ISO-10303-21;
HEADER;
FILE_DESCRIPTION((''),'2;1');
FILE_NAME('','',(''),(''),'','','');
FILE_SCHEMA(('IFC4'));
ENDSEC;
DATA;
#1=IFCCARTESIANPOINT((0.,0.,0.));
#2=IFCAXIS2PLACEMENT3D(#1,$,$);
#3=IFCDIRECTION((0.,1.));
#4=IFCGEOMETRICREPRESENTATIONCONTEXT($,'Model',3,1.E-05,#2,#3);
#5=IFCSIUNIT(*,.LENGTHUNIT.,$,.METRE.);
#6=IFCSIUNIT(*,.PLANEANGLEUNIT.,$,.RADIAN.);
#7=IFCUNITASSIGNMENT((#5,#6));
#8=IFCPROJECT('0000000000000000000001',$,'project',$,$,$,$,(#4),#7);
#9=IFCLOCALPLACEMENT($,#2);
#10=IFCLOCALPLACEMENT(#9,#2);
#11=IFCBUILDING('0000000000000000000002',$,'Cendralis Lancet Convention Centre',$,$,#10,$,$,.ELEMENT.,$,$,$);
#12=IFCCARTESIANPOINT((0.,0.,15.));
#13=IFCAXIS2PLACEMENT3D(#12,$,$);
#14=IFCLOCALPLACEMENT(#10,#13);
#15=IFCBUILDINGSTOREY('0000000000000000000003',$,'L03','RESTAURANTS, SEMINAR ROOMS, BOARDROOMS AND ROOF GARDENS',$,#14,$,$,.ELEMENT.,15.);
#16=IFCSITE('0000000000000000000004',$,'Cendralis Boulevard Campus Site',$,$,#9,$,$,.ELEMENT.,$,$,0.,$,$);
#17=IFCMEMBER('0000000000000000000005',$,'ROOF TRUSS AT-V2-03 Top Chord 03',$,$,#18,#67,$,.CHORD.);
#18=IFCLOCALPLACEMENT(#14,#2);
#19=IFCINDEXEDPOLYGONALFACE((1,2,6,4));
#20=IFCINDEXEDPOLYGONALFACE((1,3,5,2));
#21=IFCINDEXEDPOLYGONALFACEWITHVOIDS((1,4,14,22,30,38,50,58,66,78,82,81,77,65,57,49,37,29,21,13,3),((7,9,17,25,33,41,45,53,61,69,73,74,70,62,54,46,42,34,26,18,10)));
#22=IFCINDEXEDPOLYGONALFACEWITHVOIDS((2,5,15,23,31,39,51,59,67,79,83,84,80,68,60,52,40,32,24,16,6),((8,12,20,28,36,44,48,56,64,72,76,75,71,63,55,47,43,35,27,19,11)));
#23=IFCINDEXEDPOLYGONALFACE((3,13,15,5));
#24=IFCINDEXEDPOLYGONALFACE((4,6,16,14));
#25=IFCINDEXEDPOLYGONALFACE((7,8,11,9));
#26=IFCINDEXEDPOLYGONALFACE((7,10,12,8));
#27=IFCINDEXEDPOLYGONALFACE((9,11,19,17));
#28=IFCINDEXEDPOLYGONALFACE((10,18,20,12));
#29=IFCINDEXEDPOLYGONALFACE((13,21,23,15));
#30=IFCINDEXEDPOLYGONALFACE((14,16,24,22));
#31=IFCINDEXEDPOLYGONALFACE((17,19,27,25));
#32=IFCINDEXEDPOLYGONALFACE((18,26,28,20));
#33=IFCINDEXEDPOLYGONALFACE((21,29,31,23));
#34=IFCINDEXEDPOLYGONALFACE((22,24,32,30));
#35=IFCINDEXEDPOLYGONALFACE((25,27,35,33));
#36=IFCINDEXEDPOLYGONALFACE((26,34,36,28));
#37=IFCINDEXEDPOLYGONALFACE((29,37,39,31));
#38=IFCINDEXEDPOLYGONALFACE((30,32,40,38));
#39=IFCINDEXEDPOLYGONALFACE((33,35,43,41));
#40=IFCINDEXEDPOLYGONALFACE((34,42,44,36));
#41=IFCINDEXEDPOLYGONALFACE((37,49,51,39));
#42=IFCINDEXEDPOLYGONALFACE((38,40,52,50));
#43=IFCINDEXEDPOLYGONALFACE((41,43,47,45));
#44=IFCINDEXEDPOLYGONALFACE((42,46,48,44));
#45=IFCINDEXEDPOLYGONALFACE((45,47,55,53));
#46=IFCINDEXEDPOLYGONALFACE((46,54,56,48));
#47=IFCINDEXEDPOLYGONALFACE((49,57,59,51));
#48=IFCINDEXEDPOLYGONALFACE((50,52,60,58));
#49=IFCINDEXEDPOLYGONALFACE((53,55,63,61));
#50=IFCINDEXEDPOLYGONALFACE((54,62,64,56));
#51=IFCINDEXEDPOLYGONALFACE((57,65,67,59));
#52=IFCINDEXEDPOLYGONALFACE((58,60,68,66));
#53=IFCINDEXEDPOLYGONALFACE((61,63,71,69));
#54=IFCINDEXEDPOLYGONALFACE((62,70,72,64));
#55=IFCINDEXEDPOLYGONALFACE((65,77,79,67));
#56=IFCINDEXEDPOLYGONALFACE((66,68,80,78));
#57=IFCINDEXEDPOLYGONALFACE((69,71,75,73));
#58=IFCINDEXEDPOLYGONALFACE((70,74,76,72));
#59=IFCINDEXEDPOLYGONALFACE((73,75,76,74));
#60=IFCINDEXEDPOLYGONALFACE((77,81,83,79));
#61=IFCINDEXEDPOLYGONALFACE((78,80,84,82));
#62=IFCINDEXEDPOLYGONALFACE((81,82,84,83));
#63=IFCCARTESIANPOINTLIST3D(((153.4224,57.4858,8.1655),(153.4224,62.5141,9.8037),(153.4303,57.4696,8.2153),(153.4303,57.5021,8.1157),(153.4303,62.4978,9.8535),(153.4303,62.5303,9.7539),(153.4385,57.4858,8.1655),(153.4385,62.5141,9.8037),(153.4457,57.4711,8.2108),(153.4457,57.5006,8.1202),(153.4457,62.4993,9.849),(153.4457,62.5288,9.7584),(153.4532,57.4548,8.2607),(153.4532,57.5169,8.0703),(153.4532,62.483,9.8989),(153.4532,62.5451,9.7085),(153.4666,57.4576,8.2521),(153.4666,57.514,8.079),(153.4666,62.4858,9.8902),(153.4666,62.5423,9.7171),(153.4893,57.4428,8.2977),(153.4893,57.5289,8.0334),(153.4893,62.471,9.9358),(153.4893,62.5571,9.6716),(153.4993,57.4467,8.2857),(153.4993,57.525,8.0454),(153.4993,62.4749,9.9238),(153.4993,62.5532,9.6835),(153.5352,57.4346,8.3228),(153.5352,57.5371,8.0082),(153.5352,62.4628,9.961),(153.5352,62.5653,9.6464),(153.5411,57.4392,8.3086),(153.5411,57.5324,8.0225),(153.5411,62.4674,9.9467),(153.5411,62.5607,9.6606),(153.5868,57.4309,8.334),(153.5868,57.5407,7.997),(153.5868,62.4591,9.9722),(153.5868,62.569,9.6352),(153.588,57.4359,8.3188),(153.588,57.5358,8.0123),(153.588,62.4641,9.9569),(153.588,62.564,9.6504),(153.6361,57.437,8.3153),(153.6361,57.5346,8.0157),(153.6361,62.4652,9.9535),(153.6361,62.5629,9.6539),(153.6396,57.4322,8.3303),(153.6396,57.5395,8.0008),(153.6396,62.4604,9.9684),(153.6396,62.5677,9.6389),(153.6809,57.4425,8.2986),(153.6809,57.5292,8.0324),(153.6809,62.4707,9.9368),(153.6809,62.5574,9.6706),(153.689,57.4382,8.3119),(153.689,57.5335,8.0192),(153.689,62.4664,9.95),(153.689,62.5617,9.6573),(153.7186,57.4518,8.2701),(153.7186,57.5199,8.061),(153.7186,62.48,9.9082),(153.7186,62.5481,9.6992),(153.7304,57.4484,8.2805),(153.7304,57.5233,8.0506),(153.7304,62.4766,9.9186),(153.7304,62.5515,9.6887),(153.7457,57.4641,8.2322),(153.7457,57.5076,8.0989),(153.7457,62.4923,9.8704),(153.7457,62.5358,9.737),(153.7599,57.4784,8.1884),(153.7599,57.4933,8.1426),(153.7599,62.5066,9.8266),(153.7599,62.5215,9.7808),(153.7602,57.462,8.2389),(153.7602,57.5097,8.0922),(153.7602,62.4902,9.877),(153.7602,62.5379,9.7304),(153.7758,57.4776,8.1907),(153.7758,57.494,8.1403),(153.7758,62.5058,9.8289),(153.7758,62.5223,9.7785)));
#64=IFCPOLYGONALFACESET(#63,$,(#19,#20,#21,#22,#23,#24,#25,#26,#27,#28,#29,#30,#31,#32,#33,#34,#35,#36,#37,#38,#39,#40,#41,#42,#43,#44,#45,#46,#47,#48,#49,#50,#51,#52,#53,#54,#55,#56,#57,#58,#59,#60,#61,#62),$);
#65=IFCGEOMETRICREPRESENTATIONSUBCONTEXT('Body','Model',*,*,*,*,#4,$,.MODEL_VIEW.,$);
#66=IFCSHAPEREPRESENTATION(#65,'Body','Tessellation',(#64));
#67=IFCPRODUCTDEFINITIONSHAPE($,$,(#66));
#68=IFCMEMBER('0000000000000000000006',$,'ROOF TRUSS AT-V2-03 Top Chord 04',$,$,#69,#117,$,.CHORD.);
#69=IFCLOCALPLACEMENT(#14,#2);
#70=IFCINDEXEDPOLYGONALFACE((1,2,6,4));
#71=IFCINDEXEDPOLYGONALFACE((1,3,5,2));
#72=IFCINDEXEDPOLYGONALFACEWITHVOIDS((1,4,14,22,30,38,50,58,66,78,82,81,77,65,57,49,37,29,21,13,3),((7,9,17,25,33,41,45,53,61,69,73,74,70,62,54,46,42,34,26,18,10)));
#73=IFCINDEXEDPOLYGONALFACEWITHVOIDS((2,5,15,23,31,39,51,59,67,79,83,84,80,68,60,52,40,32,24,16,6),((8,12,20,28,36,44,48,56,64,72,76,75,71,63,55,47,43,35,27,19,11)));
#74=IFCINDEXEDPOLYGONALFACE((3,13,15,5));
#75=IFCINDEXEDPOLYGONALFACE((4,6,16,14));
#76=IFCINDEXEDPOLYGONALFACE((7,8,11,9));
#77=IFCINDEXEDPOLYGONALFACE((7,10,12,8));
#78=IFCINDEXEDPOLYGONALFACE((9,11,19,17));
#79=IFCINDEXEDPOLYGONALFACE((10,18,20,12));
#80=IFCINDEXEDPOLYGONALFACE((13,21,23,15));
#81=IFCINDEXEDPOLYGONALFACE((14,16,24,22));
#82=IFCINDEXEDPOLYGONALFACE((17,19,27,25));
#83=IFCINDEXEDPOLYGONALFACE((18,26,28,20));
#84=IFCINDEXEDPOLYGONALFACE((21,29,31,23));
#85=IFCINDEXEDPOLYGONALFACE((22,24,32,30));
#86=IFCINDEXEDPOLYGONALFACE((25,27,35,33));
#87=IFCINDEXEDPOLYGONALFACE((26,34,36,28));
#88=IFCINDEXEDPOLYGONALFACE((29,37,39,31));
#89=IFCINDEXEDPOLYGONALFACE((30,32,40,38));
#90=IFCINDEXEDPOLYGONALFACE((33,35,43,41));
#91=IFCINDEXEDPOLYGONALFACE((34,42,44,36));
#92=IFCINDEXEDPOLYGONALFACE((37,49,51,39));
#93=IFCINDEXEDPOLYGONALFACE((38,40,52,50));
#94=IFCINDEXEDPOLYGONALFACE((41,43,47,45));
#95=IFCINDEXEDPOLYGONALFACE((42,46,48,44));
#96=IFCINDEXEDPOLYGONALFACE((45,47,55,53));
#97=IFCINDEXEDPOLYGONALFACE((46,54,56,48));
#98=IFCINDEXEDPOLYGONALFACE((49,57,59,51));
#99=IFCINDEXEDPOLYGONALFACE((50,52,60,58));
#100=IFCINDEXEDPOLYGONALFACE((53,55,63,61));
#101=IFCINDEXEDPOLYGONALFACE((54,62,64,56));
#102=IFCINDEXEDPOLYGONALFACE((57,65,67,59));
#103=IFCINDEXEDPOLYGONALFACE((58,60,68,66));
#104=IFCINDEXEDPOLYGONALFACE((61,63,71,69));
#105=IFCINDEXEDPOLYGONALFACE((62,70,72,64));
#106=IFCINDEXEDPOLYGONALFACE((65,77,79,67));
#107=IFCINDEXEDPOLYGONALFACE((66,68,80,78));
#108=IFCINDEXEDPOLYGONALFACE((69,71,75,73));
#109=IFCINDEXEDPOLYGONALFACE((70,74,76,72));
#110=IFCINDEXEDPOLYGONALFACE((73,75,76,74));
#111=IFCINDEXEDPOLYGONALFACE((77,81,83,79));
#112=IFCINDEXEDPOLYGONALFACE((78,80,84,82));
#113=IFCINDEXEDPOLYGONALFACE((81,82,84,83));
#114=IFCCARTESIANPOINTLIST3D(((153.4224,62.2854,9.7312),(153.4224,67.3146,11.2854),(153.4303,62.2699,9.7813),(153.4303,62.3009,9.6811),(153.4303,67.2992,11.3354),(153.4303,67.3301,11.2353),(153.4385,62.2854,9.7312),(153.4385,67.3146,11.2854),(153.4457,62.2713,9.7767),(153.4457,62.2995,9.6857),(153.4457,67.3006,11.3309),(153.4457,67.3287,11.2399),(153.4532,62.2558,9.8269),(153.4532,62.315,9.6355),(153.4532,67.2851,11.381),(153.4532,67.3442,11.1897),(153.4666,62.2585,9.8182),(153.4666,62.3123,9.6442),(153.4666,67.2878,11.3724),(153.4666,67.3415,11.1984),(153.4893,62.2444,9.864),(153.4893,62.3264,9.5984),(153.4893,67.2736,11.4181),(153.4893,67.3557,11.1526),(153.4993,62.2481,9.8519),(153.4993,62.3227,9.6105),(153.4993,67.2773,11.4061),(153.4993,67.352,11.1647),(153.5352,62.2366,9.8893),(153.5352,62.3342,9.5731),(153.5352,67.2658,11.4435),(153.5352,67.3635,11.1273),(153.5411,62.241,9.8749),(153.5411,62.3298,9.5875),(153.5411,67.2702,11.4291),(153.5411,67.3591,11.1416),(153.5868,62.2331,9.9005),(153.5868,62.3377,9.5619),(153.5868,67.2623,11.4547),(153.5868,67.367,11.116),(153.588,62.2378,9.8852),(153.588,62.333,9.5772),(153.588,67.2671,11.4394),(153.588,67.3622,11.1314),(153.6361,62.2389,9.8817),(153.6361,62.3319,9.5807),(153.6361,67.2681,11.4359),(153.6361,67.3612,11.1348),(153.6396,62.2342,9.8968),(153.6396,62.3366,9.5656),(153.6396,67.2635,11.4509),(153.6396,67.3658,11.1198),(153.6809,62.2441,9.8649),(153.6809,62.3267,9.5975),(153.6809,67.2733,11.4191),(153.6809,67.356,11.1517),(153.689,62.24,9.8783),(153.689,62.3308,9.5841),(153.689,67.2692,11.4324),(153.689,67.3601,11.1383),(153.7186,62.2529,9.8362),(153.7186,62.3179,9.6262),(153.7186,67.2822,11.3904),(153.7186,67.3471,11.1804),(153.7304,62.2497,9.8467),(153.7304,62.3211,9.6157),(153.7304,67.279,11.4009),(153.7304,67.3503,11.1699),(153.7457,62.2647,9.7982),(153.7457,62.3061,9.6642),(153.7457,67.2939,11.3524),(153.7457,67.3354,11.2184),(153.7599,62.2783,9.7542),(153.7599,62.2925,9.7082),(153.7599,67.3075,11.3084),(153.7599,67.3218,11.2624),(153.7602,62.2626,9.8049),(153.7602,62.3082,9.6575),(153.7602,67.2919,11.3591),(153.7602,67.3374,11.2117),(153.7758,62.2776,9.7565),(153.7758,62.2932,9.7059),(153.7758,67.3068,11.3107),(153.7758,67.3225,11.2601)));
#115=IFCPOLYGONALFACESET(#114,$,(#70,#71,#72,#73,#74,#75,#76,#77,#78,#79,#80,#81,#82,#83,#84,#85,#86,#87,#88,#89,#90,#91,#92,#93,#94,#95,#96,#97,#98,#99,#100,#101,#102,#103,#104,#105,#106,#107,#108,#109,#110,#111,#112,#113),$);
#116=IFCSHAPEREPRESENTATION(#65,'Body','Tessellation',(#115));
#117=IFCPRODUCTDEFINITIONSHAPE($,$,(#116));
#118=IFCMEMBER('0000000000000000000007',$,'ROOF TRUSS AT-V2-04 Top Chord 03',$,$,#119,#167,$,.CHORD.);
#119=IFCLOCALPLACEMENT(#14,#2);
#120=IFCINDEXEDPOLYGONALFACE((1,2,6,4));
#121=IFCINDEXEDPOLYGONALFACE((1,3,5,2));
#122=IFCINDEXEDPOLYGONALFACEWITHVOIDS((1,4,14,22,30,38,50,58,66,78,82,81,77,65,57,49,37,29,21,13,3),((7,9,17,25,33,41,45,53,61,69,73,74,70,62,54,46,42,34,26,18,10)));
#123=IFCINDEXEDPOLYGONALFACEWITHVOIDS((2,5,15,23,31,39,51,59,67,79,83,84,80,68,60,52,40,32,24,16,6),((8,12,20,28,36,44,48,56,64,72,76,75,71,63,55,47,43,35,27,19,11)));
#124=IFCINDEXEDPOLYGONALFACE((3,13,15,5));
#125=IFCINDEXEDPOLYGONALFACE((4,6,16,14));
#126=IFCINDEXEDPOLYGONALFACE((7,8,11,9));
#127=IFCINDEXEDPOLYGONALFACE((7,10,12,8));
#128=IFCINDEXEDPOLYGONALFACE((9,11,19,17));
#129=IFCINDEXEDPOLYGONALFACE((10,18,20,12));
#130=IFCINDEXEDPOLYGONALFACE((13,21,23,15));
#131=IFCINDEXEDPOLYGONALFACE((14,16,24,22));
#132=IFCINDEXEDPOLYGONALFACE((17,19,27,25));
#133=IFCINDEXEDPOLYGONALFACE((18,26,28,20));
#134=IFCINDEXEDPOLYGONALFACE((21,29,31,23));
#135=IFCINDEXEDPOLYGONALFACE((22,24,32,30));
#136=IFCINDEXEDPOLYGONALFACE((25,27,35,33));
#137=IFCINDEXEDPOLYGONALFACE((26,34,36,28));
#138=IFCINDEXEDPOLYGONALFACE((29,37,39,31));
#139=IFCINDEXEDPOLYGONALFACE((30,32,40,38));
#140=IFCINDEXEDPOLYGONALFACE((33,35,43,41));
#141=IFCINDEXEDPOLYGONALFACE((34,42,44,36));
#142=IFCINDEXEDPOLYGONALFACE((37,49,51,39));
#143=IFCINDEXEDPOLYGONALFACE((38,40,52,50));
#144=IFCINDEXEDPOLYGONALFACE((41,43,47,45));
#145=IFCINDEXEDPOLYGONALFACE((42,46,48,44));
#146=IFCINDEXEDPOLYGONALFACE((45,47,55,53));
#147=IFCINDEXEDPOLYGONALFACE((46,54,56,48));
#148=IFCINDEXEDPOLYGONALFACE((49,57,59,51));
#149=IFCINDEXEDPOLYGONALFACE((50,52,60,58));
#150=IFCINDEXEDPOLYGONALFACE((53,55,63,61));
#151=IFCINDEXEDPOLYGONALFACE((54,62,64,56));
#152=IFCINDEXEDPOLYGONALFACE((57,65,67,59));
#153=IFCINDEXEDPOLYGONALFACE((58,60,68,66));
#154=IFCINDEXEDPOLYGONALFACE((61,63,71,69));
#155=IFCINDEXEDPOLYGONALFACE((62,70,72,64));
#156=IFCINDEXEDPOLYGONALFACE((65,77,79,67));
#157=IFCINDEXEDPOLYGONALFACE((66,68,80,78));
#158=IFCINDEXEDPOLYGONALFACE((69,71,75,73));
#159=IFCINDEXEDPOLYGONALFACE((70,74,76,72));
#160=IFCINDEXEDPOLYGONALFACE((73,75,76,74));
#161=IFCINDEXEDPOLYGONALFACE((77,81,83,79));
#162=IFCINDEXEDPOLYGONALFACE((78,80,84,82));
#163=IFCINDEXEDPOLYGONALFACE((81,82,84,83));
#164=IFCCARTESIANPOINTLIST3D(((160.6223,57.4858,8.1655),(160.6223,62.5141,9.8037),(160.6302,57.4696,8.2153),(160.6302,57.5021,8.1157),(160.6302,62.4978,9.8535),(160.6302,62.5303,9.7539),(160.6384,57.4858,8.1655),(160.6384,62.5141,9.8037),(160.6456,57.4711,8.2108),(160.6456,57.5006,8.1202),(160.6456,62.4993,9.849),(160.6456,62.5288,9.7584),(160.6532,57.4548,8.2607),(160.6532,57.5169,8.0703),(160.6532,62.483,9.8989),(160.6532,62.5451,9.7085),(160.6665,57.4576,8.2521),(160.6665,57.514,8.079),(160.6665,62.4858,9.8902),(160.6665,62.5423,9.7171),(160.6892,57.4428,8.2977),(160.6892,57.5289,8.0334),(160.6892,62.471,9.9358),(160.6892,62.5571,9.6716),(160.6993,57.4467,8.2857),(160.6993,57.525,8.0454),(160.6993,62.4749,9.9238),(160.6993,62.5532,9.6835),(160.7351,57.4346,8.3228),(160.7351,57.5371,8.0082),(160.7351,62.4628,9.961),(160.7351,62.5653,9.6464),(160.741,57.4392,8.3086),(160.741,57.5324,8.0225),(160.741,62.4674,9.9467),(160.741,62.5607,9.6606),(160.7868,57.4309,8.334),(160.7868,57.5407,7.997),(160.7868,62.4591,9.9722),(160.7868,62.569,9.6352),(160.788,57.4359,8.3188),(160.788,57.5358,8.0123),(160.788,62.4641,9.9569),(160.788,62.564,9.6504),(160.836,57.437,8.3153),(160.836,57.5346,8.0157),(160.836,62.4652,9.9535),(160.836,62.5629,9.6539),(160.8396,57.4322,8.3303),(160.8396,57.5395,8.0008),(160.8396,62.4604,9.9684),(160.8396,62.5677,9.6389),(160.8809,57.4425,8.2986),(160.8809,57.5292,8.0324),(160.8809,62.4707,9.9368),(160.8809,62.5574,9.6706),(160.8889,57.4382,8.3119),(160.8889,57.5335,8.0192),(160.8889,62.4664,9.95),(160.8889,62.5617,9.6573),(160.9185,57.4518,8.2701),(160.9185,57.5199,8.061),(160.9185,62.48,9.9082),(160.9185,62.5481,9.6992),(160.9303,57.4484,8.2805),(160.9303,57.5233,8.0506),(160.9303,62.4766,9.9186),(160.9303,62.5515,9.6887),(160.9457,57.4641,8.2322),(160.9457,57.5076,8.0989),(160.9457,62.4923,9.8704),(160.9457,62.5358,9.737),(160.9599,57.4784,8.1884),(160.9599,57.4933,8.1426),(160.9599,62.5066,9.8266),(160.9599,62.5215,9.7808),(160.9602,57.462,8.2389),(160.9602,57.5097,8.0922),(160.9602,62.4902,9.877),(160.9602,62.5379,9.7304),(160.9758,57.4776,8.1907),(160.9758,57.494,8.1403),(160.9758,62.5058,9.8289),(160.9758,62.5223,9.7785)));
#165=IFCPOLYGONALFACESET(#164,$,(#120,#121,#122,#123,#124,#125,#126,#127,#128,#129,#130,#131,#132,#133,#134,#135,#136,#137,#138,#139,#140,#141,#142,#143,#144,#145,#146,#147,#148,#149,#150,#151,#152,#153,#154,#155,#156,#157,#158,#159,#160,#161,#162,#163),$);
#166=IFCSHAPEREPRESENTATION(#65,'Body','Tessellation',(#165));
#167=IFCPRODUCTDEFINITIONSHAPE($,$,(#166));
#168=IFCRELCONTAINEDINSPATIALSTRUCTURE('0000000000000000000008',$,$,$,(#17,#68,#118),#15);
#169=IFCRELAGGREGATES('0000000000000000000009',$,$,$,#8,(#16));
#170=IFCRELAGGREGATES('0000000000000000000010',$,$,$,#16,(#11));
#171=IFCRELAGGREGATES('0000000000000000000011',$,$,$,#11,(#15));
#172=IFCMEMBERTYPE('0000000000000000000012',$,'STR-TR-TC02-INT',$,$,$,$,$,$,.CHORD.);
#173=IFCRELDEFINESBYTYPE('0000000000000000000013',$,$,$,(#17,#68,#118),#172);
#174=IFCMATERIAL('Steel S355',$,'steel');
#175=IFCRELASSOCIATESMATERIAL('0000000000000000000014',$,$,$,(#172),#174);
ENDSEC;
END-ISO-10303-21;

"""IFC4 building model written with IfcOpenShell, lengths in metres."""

from ifc_helpers import new_model, si_unit, direction, frame, origin, origin_2d, place, context, subcontext, project, spatial, hollow_circle, extrude, material, material_profile, profile_set, type_object, element, save


model = new_model("IFC4")

# Units and contexts
model_context = context("Model", 3, precision=1e-05, world=origin(), true_north=direction((0.0, 1.0)))
body_context = subcontext(model_context, "Body", "Model", "MODEL_VIEW")
ifc_project = project(units=[si_unit("LENGTHUNIT", "METRE"), si_unit("PLANEANGLEUNIT", "RADIAN")], contexts=[model_context])

# Site, building, storey
site_placement = place(None, origin())
site = spatial("IfcSite", under=ifc_project, at=site_placement, Name="Cendralis Boulevard Campus Site", CompositionType="ELEMENT", RefElevation=0.0)
building_placement = place(site_placement, origin())
building = spatial("IfcBuilding", under=site, at=building_placement, Name="Cendralis Lancet Convention Centre", CompositionType="ELEMENT")
storey_placement = place(building_placement, frame((0.0, 0.0, 15.0)))
storey = spatial("IfcBuildingStorey", under=building, at=storey_placement, Name="L03", Description="RESTAURANTS, SEMINAR ROOMS, BOARDROOMS AND ROOF GARDENS", CompositionType="ELEMENT", Elevation=15.0)

# Members
ifc_material = material(Name="Steel S355", Category="steel")
ifc_material_profile_1 = material_profile(ifc_material, hollow_circle(Radius=0.1777, WallThickness=0.0161, at=origin_2d()), Name="CHS 355.6x16.0")
ifc_profile_set_1 = profile_set([ifc_material_profile_1], Name="Steel S355")
member_type_1 = type_object("IfcMemberType", Name="STR-TR-TC02-INT", PredefinedType="CHORD", material=ifc_profile_set_1)
member_1_placement = place(storey_placement, frame((153.6001, 57.4858, 8.1655), z_axis=(0.0, 0.950813, 0.309767), x_axis=(-1.0, 0.0, 0.0)))
element("IfcMember", 1, at=member_1_placement, inside=storey, type_object=member_type_1, Name="ROOF TRUSS AT-V2-03 Top Chord 03", PredefinedType="CHORD", context=body_context, shape_type="SweptSolid", body=[
    extrude(hollow_circle(Radius=0.1777, WallThickness=0.0161, at=origin_2d()), origin(), (0.0, 0.0, 1.0), 5.2883),
])
member_2_placement = place(storey_placement, frame((153.6001, 62.2854, 9.7312), z_axis=(0.0, 0.955419, 0.295252), x_axis=(-1.0, 0.0, 0.0)))
element("IfcMember", 2, at=member_2_placement, inside=storey, type_object=member_type_1, Name="ROOF TRUSS AT-V2-03 Top Chord 04", PredefinedType="CHORD", context=body_context, shape_type="SweptSolid", body=[
    extrude(hollow_circle(Radius=0.1777, WallThickness=0.0161, at=origin_2d()), origin(), (0.0, 0.0, 1.0), 5.2639),
])
member_3_placement = place(storey_placement, frame((160.8, 57.4858, 8.1655), z_axis=(0.0, 0.950813, 0.309767), x_axis=(-1.0, 0.0, 0.0)))
element("IfcMember", 3, at=member_3_placement, inside=storey, type_object=member_type_1, Name="ROOF TRUSS AT-V2-04 Top Chord 03", PredefinedType="CHORD", context=body_context, shape_type="SweptSolid", body=[
    extrude(hollow_circle(Radius=0.1777, WallThickness=0.0161, at=origin_2d()), origin(), (0.0, 0.0, 1.0), 5.2883),
])

save(model, "model.ifc")
